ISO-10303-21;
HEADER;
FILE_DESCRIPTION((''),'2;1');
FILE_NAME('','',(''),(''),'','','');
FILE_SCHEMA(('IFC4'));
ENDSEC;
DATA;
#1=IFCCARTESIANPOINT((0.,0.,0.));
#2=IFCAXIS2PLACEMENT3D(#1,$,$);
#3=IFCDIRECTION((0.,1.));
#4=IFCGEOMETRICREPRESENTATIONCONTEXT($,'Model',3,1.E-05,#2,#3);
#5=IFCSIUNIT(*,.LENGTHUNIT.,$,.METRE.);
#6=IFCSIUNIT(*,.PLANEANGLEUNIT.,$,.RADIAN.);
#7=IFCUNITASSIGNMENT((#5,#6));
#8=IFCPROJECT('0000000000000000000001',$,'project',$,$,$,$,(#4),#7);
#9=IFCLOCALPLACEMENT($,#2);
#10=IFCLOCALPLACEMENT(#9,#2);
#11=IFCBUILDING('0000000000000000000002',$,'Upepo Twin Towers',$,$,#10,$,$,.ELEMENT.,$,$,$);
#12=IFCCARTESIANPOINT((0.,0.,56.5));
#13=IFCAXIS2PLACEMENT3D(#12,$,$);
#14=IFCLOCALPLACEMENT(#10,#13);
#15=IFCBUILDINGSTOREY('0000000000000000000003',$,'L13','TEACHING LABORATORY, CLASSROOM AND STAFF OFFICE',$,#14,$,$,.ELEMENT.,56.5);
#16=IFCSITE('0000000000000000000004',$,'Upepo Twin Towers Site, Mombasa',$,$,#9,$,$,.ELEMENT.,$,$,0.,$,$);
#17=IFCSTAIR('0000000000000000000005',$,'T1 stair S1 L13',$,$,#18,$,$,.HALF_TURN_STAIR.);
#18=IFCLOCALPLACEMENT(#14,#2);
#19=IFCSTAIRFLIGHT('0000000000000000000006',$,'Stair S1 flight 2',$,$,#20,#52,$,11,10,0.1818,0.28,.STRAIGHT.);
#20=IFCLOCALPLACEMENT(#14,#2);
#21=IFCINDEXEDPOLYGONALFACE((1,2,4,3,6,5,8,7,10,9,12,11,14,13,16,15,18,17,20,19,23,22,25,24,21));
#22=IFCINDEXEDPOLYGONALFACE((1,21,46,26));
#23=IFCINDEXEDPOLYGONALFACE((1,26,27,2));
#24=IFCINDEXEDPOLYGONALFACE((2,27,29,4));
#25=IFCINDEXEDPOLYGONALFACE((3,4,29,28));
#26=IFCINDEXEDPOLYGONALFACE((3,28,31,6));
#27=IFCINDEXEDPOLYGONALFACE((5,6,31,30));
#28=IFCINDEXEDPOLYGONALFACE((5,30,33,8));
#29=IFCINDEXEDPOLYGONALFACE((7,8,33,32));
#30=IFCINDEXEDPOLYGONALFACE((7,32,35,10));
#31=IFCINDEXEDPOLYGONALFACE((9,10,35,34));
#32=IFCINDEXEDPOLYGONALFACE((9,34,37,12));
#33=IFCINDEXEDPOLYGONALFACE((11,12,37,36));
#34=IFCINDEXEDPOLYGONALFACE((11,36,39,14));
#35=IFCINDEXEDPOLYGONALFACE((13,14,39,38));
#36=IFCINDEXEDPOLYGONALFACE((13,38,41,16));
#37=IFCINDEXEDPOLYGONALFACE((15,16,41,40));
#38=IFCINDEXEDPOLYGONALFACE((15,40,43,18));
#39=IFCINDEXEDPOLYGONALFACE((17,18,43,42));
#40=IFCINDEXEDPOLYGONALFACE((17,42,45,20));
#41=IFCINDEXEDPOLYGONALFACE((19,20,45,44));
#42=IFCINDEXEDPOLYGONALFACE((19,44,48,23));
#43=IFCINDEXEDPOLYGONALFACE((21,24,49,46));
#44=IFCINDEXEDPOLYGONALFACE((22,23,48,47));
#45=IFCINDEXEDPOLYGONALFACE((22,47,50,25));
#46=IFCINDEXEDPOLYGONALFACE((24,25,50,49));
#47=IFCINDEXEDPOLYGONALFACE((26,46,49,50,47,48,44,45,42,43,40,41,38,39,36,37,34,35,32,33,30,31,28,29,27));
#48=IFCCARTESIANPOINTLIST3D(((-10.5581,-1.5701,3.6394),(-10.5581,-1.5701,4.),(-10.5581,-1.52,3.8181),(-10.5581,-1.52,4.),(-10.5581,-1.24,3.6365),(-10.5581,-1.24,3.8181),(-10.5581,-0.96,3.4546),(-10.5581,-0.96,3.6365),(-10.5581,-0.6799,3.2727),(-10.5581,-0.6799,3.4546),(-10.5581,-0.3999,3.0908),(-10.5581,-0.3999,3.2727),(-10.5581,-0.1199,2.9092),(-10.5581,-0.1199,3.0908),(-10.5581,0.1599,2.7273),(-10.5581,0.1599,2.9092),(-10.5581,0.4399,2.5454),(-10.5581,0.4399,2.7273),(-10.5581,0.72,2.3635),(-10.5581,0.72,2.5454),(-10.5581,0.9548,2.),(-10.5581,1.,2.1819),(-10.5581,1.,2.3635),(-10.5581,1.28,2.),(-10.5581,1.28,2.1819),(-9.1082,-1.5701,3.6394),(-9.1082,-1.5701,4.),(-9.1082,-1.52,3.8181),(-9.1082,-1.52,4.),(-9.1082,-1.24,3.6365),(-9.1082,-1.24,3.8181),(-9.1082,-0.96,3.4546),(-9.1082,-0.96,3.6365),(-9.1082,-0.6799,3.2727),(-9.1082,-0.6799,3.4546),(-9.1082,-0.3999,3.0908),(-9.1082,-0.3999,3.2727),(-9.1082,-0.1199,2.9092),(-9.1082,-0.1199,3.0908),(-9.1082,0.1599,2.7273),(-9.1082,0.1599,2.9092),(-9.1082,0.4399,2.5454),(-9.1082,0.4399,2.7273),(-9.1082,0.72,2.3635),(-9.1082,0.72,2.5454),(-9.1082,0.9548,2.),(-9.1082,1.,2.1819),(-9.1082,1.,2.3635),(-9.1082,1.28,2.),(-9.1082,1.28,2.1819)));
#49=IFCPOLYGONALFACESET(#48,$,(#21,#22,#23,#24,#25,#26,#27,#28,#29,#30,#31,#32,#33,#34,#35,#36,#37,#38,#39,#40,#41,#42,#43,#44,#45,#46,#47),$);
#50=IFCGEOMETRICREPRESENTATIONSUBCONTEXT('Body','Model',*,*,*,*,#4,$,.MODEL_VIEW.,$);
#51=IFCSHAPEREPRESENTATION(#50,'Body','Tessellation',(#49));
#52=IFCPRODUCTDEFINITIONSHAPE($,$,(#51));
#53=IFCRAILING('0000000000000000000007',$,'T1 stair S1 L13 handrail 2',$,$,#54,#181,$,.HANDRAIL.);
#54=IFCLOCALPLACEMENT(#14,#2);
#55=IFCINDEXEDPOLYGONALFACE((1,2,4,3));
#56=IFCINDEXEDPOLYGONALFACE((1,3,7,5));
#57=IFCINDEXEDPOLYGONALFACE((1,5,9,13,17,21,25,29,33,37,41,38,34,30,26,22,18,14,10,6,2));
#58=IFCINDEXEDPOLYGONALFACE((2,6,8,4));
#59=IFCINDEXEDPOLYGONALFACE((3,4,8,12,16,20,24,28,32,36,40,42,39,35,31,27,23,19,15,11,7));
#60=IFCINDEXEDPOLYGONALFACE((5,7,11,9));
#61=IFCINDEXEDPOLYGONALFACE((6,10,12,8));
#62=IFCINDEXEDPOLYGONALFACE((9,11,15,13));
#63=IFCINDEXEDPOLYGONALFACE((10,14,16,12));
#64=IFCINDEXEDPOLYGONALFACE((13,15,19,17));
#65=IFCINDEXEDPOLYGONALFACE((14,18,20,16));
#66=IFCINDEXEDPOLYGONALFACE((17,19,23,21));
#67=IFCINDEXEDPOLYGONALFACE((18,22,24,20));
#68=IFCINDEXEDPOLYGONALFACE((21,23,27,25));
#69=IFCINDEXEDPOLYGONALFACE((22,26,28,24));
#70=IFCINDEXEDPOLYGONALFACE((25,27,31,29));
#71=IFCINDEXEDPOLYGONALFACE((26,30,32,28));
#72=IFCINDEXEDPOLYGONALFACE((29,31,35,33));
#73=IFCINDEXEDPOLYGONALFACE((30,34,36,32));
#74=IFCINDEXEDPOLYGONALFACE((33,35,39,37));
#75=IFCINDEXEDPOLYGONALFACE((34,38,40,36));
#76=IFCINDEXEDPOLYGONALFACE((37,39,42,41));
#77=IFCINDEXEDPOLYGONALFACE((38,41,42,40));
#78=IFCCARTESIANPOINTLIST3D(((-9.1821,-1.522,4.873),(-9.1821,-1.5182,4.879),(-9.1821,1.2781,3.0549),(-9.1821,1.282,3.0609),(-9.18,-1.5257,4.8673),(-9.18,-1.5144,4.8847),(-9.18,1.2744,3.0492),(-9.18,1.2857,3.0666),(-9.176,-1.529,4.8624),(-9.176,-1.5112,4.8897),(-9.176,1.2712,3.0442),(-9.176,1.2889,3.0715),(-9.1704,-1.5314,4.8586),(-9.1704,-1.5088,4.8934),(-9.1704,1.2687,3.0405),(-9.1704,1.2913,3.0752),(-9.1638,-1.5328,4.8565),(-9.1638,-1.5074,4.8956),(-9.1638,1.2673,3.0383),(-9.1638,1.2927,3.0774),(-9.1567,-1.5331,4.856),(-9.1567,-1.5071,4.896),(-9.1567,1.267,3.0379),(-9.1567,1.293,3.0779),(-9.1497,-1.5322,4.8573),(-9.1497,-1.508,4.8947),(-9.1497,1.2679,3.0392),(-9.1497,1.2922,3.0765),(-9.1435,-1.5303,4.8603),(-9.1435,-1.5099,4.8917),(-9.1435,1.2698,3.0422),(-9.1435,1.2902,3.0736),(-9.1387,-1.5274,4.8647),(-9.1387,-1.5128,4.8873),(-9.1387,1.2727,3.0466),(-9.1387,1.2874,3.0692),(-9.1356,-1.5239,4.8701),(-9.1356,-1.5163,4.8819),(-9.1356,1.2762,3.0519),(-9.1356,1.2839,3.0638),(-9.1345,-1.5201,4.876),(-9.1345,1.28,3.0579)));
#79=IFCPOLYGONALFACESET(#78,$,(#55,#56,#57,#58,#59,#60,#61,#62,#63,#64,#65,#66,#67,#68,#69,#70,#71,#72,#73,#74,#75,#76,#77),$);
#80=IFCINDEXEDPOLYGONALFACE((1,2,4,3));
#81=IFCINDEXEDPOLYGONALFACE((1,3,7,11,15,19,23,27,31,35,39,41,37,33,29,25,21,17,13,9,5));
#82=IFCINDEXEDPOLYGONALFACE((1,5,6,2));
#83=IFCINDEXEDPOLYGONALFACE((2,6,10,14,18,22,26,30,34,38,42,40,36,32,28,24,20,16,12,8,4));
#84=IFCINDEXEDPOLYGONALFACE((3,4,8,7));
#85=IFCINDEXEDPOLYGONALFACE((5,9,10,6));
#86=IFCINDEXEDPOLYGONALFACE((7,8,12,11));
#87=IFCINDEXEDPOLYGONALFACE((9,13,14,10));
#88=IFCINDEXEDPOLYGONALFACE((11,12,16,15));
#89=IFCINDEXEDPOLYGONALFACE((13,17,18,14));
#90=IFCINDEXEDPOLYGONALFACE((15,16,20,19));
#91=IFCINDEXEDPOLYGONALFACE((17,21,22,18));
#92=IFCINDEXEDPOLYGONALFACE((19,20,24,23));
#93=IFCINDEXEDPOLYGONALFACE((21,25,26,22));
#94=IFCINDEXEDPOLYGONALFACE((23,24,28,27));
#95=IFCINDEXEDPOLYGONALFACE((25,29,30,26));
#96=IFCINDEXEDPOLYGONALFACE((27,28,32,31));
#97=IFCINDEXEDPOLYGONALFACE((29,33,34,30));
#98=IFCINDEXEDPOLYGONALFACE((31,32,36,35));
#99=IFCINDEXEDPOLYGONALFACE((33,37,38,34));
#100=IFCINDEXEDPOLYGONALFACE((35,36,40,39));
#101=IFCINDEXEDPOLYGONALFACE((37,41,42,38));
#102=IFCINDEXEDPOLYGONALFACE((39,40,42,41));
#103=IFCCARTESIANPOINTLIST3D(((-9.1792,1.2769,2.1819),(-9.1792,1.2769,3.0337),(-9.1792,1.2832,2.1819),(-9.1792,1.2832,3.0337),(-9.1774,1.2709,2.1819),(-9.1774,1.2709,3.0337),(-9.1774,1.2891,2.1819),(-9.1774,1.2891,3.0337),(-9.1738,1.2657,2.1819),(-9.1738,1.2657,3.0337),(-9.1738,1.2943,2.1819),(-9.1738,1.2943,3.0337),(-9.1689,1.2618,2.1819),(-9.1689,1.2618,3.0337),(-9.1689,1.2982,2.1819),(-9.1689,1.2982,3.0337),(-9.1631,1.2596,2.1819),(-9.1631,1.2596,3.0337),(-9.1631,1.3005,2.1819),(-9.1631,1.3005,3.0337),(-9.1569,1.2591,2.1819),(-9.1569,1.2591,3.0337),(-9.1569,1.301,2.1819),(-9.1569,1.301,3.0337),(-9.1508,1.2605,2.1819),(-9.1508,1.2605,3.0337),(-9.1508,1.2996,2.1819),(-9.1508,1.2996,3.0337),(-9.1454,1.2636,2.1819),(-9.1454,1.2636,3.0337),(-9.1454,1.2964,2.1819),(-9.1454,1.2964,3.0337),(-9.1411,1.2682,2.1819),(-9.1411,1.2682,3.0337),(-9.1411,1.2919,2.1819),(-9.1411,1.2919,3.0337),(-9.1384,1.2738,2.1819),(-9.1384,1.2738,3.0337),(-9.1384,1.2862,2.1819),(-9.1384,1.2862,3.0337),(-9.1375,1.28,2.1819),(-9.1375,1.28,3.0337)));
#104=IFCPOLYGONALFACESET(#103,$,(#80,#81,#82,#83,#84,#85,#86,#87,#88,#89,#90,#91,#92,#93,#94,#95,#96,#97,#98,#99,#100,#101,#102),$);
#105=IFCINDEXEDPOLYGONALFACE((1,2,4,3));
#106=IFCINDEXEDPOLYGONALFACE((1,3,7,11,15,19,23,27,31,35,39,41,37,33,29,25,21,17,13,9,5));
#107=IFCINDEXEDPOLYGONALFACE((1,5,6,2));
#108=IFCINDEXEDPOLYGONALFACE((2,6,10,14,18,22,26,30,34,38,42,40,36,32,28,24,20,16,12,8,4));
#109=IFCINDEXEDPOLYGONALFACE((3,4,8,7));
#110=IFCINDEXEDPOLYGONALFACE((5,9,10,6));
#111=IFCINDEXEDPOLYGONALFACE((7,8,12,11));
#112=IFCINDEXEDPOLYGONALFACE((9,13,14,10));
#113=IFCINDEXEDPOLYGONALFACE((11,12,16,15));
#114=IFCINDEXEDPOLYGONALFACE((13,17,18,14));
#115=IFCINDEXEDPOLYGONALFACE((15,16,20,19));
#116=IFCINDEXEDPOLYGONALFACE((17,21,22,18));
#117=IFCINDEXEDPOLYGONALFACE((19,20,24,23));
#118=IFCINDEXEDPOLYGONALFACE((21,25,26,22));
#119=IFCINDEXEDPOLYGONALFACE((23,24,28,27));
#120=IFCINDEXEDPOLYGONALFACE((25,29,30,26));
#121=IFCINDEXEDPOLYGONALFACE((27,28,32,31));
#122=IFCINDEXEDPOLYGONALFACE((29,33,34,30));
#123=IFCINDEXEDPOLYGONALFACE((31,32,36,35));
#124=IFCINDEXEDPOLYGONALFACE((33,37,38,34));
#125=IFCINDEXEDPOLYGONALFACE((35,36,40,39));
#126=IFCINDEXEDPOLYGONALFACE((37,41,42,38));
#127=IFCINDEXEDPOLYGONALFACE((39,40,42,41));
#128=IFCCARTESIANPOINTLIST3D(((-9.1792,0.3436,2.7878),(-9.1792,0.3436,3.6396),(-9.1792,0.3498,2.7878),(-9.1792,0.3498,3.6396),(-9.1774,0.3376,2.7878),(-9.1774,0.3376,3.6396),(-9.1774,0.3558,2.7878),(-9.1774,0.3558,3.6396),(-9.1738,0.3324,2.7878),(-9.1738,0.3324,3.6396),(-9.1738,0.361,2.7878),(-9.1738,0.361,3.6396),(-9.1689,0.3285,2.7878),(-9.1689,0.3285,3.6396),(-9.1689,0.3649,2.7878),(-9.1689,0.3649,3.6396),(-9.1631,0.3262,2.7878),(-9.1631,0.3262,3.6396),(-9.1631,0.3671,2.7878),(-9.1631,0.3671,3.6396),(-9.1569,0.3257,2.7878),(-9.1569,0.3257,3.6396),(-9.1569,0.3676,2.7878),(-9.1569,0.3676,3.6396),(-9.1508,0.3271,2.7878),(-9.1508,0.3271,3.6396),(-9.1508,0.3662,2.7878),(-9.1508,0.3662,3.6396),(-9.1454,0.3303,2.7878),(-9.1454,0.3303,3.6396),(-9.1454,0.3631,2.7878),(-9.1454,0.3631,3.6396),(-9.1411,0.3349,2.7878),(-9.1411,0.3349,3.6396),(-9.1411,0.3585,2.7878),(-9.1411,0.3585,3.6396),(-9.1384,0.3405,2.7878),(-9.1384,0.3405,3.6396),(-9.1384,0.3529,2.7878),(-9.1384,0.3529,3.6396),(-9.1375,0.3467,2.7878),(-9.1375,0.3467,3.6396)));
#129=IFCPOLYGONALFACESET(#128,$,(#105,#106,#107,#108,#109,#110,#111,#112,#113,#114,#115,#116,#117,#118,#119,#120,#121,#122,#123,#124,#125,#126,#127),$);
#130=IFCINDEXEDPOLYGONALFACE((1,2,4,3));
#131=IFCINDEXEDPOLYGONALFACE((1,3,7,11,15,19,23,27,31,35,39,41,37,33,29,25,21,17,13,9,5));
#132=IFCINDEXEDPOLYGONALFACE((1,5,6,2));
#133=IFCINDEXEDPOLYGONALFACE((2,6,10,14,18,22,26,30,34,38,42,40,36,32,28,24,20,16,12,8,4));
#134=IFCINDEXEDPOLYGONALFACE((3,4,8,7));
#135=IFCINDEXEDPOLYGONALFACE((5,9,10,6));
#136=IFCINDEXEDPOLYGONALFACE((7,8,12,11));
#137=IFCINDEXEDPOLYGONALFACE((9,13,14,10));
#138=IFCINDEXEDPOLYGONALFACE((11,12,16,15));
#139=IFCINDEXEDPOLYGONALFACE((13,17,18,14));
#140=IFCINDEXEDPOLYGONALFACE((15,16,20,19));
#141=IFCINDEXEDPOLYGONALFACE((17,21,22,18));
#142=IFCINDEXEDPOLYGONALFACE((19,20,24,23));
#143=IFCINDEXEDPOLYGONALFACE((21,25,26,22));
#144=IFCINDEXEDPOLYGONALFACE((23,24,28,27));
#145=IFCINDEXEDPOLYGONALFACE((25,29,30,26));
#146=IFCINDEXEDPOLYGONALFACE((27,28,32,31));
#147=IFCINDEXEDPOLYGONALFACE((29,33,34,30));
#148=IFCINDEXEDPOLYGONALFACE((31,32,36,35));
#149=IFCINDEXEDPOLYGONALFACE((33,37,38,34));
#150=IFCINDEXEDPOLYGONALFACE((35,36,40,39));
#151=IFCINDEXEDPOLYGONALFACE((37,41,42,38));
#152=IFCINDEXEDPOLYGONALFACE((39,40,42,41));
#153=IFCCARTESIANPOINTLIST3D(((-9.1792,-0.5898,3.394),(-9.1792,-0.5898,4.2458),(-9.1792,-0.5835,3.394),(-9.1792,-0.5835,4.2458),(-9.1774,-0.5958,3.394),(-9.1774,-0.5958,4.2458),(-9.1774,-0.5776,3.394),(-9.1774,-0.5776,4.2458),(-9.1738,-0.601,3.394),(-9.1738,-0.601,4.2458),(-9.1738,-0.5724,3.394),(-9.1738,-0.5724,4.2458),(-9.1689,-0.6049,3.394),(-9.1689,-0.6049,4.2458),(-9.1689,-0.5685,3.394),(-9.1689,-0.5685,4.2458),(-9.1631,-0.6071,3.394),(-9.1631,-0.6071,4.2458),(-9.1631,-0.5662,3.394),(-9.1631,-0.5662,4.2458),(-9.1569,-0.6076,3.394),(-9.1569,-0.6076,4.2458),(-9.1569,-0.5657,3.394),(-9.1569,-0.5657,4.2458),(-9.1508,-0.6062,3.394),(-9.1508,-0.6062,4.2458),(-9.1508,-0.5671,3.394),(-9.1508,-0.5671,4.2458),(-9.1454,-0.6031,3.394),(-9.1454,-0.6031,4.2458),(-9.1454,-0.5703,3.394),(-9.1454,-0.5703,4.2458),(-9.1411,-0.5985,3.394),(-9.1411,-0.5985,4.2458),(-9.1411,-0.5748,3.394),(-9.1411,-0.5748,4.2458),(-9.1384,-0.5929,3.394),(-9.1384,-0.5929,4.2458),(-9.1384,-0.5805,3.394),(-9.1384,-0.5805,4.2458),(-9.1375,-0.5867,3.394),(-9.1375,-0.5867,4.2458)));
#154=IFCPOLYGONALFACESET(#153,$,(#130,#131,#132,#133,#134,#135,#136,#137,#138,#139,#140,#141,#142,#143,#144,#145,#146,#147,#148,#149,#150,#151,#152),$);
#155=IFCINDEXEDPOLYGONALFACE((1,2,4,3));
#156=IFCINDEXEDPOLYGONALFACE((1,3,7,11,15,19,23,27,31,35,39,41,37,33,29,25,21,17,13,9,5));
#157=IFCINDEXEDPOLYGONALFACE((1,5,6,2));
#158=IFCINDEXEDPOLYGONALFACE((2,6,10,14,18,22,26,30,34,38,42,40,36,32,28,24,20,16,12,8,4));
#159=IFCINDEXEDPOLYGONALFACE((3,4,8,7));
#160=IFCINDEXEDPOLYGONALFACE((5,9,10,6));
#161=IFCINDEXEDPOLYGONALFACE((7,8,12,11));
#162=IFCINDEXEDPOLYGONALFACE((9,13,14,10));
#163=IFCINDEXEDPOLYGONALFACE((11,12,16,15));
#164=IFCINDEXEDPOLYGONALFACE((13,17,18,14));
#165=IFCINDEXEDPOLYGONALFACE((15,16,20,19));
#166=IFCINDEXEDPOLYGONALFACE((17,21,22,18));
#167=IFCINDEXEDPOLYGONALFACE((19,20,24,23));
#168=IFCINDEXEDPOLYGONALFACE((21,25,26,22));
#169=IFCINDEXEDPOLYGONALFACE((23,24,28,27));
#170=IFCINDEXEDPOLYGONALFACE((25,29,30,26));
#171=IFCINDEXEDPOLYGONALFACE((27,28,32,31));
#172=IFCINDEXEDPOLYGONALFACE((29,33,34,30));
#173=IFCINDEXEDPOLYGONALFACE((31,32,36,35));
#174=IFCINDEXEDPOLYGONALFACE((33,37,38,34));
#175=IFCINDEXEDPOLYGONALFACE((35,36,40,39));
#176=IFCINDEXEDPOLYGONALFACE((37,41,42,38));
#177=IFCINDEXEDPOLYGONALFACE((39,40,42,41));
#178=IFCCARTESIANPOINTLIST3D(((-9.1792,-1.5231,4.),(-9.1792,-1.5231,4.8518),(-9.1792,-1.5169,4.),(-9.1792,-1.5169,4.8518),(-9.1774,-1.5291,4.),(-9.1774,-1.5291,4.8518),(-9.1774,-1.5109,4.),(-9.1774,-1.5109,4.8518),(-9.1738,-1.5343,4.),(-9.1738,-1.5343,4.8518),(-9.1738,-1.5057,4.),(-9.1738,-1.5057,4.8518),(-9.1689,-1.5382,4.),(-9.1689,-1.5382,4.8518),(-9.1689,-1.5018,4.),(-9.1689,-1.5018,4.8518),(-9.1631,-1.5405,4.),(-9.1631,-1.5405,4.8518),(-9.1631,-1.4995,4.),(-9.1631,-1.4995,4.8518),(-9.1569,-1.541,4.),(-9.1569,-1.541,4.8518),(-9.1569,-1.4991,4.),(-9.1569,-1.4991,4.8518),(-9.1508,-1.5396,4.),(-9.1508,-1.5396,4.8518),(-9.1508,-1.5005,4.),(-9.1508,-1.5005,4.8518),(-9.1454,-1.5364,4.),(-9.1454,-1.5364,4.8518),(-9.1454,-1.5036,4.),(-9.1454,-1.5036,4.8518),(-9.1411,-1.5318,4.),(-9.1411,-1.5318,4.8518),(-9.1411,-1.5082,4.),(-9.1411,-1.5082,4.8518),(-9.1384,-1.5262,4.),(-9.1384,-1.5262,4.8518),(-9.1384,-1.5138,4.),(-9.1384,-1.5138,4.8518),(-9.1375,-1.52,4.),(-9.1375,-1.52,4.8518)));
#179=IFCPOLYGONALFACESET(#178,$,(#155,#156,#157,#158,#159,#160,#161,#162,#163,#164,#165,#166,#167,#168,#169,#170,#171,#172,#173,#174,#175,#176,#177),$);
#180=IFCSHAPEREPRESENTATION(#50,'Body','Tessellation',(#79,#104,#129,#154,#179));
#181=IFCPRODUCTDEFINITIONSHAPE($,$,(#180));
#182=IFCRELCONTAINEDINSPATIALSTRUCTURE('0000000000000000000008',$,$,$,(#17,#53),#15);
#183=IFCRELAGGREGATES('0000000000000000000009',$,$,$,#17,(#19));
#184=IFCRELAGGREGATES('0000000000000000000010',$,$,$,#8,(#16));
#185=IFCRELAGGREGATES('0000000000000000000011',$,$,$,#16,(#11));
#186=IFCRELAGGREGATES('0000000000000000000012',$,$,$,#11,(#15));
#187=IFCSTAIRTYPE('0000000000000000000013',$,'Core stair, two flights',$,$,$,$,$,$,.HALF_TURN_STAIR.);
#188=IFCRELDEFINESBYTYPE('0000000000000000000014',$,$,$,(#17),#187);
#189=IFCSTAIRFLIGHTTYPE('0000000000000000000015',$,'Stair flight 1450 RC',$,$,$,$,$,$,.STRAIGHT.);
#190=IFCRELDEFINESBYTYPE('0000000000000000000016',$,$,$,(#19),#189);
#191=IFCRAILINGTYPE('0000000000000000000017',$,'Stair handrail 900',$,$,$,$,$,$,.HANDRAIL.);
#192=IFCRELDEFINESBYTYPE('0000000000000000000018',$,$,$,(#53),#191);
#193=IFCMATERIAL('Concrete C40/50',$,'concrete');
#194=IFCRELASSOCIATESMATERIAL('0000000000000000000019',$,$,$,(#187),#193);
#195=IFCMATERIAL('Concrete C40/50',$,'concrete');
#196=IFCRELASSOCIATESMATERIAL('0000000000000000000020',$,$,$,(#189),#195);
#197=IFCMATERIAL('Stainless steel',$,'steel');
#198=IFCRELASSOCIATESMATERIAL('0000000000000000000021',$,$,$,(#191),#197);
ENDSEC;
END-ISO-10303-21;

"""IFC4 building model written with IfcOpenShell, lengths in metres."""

from ifc_helpers import new_model, si_unit, direction, frame, origin, origin_2d, place, context, subcontext, project, spatial, polyline, circle, outline, extrude, material, type_object, element, aggregate, save


model = new_model("IFC4")

# Units and contexts
model_context = context("Model", 3, precision=1e-05, world=origin(), true_north=direction((0.0, 1.0)))
body_context = subcontext(model_context, "Body", "Model", "MODEL_VIEW")
ifc_project = project(units=[si_unit("LENGTHUNIT", "METRE"), si_unit("PLANEANGLEUNIT", "RADIAN")], contexts=[model_context])

# Site, building, storey
site_placement = place(None, origin())
site = spatial("IfcSite", under=ifc_project, at=site_placement, Name="Upepo Twin Towers Site, Mombasa", CompositionType="ELEMENT", RefElevation=0.0)
building_placement = place(site_placement, origin())
building = spatial("IfcBuilding", under=site, at=building_placement, Name="Upepo Twin Towers", CompositionType="ELEMENT")
storey_placement = place(building_placement, frame((0.0, 0.0, 56.5)))
storey = spatial("IfcBuildingStorey", under=building, at=storey_placement, Name="L13", Description="TEACHING LABORATORY, CLASSROOM AND STAFF OFFICE", CompositionType="ELEMENT", Elevation=56.5)

# Stair, stair flight
ifc_material_1 = material(Name="Concrete C40/50", Category="concrete")
stair_type = type_object("IfcStairType", Name="Core stair, two flights", PredefinedType="HALF_TURN_STAIR", material=ifc_material_1)
stair_placement = place(storey_placement, origin())
stair = element("IfcStair", 1, at=stair_placement, inside=storey, type_object=stair_type, Name="T1 stair S1 L13", PredefinedType="HALF_TURN_STAIR")
ifc_material_2 = material(Name="Concrete C40/50", Category="concrete")
stair_flight_type = type_object("IfcStairFlightType", Name="Stair flight 1450 RC", PredefinedType="STRAIGHT", material=ifc_material_2)
stair_flight_placement = place(storey_placement, frame((-9.8333, 1.28, 2.0), z_axis=(0.0, 0.0, 1.0), x_axis=(0.0, -1.0, 0.0)))
stair_flight = element("IfcStairFlight", 2, at=stair_flight_placement, type_object=stair_flight_type, Name="Stair S1 flight 2", NumberOfRisers=11, NumberOfTreads=10, PredefinedType="STRAIGHT", RiserHeight=0.1818, TreadLength=0.28, context=body_context, shape_type="SweptSolid", body=[
    extrude(outline(polyline([(0.0, 0.0), (0.0, 0.1819), (0.28, 0.1819), (0.28, 0.3635), (0.5601, 0.3635), (0.5601, 0.5454), (0.8401, 0.5454), (0.8401, 0.7273), (1.1201, 0.7273), (1.1201, 0.9092), (1.3999, 0.9092), (1.3999, 1.0908), (1.6799, 1.0908), (1.6799, 1.2727), (1.96, 1.2727), (1.96, 1.4546), (2.24, 1.4546), (2.24, 1.6365), (2.52, 1.6365), (2.52, 1.8181), (2.8, 1.8181), (2.8, 2.0), (2.8501, 2.0), (2.8501, 1.6394), (0.3252, 0.0), (0.0, 0.0)])), frame((0.0, 0.7251, 0.0), z_axis=(0.0, -1.0, 0.0), x_axis=(1.0, 0.0, 0.0)), (0.0, 0.0, 1.0), 1.45),
])
aggregate(stair, [stair_flight])

# Railing
ifc_material_3 = material(Name="Stainless steel", Category="steel")
railing_type = type_object("IfcRailingType", Name="Stair handrail 900", PredefinedType="HANDRAIL", material=ifc_material_3)
railing_placement = place(storey_placement, frame((-9.1584, 1.28, 2.1819)))
element("IfcRailing", 3, at=railing_placement, inside=storey, type_object=railing_type, Name="T1 stair S1 L13 handrail 2", PredefinedType="HANDRAIL", context=body_context, shape_type="SweptSolid", body=[
    extrude(circle(Radius=0.0239, at=origin_2d()), frame((0.0, 0.0, 0.876), z_axis=(0.0, -0.838706, 0.544585), x_axis=(1.0, 0.0, 0.0)), (0.0, 0.0, 1.0), 3.3386),
    extrude(circle(Radius=0.021, at=origin_2d()), origin(), (0.0, 0.0, 1.0), 0.8518),
    extrude(circle(Radius=0.021, at=origin_2d()), frame((0.0, -0.9333, 0.606)), (0.0, 0.0, 1.0), 0.8518),
    extrude(circle(Radius=0.021, at=origin_2d()), frame((0.0, -1.8667, 1.2122)), (0.0, 0.0, 1.0), 0.8518),
    extrude(circle(Radius=0.021, at=origin_2d()), frame((0.0, -2.8, 1.8181)), (0.0, 0.0, 1.0), 0.8518),
])

save(model, "model.ifc")
